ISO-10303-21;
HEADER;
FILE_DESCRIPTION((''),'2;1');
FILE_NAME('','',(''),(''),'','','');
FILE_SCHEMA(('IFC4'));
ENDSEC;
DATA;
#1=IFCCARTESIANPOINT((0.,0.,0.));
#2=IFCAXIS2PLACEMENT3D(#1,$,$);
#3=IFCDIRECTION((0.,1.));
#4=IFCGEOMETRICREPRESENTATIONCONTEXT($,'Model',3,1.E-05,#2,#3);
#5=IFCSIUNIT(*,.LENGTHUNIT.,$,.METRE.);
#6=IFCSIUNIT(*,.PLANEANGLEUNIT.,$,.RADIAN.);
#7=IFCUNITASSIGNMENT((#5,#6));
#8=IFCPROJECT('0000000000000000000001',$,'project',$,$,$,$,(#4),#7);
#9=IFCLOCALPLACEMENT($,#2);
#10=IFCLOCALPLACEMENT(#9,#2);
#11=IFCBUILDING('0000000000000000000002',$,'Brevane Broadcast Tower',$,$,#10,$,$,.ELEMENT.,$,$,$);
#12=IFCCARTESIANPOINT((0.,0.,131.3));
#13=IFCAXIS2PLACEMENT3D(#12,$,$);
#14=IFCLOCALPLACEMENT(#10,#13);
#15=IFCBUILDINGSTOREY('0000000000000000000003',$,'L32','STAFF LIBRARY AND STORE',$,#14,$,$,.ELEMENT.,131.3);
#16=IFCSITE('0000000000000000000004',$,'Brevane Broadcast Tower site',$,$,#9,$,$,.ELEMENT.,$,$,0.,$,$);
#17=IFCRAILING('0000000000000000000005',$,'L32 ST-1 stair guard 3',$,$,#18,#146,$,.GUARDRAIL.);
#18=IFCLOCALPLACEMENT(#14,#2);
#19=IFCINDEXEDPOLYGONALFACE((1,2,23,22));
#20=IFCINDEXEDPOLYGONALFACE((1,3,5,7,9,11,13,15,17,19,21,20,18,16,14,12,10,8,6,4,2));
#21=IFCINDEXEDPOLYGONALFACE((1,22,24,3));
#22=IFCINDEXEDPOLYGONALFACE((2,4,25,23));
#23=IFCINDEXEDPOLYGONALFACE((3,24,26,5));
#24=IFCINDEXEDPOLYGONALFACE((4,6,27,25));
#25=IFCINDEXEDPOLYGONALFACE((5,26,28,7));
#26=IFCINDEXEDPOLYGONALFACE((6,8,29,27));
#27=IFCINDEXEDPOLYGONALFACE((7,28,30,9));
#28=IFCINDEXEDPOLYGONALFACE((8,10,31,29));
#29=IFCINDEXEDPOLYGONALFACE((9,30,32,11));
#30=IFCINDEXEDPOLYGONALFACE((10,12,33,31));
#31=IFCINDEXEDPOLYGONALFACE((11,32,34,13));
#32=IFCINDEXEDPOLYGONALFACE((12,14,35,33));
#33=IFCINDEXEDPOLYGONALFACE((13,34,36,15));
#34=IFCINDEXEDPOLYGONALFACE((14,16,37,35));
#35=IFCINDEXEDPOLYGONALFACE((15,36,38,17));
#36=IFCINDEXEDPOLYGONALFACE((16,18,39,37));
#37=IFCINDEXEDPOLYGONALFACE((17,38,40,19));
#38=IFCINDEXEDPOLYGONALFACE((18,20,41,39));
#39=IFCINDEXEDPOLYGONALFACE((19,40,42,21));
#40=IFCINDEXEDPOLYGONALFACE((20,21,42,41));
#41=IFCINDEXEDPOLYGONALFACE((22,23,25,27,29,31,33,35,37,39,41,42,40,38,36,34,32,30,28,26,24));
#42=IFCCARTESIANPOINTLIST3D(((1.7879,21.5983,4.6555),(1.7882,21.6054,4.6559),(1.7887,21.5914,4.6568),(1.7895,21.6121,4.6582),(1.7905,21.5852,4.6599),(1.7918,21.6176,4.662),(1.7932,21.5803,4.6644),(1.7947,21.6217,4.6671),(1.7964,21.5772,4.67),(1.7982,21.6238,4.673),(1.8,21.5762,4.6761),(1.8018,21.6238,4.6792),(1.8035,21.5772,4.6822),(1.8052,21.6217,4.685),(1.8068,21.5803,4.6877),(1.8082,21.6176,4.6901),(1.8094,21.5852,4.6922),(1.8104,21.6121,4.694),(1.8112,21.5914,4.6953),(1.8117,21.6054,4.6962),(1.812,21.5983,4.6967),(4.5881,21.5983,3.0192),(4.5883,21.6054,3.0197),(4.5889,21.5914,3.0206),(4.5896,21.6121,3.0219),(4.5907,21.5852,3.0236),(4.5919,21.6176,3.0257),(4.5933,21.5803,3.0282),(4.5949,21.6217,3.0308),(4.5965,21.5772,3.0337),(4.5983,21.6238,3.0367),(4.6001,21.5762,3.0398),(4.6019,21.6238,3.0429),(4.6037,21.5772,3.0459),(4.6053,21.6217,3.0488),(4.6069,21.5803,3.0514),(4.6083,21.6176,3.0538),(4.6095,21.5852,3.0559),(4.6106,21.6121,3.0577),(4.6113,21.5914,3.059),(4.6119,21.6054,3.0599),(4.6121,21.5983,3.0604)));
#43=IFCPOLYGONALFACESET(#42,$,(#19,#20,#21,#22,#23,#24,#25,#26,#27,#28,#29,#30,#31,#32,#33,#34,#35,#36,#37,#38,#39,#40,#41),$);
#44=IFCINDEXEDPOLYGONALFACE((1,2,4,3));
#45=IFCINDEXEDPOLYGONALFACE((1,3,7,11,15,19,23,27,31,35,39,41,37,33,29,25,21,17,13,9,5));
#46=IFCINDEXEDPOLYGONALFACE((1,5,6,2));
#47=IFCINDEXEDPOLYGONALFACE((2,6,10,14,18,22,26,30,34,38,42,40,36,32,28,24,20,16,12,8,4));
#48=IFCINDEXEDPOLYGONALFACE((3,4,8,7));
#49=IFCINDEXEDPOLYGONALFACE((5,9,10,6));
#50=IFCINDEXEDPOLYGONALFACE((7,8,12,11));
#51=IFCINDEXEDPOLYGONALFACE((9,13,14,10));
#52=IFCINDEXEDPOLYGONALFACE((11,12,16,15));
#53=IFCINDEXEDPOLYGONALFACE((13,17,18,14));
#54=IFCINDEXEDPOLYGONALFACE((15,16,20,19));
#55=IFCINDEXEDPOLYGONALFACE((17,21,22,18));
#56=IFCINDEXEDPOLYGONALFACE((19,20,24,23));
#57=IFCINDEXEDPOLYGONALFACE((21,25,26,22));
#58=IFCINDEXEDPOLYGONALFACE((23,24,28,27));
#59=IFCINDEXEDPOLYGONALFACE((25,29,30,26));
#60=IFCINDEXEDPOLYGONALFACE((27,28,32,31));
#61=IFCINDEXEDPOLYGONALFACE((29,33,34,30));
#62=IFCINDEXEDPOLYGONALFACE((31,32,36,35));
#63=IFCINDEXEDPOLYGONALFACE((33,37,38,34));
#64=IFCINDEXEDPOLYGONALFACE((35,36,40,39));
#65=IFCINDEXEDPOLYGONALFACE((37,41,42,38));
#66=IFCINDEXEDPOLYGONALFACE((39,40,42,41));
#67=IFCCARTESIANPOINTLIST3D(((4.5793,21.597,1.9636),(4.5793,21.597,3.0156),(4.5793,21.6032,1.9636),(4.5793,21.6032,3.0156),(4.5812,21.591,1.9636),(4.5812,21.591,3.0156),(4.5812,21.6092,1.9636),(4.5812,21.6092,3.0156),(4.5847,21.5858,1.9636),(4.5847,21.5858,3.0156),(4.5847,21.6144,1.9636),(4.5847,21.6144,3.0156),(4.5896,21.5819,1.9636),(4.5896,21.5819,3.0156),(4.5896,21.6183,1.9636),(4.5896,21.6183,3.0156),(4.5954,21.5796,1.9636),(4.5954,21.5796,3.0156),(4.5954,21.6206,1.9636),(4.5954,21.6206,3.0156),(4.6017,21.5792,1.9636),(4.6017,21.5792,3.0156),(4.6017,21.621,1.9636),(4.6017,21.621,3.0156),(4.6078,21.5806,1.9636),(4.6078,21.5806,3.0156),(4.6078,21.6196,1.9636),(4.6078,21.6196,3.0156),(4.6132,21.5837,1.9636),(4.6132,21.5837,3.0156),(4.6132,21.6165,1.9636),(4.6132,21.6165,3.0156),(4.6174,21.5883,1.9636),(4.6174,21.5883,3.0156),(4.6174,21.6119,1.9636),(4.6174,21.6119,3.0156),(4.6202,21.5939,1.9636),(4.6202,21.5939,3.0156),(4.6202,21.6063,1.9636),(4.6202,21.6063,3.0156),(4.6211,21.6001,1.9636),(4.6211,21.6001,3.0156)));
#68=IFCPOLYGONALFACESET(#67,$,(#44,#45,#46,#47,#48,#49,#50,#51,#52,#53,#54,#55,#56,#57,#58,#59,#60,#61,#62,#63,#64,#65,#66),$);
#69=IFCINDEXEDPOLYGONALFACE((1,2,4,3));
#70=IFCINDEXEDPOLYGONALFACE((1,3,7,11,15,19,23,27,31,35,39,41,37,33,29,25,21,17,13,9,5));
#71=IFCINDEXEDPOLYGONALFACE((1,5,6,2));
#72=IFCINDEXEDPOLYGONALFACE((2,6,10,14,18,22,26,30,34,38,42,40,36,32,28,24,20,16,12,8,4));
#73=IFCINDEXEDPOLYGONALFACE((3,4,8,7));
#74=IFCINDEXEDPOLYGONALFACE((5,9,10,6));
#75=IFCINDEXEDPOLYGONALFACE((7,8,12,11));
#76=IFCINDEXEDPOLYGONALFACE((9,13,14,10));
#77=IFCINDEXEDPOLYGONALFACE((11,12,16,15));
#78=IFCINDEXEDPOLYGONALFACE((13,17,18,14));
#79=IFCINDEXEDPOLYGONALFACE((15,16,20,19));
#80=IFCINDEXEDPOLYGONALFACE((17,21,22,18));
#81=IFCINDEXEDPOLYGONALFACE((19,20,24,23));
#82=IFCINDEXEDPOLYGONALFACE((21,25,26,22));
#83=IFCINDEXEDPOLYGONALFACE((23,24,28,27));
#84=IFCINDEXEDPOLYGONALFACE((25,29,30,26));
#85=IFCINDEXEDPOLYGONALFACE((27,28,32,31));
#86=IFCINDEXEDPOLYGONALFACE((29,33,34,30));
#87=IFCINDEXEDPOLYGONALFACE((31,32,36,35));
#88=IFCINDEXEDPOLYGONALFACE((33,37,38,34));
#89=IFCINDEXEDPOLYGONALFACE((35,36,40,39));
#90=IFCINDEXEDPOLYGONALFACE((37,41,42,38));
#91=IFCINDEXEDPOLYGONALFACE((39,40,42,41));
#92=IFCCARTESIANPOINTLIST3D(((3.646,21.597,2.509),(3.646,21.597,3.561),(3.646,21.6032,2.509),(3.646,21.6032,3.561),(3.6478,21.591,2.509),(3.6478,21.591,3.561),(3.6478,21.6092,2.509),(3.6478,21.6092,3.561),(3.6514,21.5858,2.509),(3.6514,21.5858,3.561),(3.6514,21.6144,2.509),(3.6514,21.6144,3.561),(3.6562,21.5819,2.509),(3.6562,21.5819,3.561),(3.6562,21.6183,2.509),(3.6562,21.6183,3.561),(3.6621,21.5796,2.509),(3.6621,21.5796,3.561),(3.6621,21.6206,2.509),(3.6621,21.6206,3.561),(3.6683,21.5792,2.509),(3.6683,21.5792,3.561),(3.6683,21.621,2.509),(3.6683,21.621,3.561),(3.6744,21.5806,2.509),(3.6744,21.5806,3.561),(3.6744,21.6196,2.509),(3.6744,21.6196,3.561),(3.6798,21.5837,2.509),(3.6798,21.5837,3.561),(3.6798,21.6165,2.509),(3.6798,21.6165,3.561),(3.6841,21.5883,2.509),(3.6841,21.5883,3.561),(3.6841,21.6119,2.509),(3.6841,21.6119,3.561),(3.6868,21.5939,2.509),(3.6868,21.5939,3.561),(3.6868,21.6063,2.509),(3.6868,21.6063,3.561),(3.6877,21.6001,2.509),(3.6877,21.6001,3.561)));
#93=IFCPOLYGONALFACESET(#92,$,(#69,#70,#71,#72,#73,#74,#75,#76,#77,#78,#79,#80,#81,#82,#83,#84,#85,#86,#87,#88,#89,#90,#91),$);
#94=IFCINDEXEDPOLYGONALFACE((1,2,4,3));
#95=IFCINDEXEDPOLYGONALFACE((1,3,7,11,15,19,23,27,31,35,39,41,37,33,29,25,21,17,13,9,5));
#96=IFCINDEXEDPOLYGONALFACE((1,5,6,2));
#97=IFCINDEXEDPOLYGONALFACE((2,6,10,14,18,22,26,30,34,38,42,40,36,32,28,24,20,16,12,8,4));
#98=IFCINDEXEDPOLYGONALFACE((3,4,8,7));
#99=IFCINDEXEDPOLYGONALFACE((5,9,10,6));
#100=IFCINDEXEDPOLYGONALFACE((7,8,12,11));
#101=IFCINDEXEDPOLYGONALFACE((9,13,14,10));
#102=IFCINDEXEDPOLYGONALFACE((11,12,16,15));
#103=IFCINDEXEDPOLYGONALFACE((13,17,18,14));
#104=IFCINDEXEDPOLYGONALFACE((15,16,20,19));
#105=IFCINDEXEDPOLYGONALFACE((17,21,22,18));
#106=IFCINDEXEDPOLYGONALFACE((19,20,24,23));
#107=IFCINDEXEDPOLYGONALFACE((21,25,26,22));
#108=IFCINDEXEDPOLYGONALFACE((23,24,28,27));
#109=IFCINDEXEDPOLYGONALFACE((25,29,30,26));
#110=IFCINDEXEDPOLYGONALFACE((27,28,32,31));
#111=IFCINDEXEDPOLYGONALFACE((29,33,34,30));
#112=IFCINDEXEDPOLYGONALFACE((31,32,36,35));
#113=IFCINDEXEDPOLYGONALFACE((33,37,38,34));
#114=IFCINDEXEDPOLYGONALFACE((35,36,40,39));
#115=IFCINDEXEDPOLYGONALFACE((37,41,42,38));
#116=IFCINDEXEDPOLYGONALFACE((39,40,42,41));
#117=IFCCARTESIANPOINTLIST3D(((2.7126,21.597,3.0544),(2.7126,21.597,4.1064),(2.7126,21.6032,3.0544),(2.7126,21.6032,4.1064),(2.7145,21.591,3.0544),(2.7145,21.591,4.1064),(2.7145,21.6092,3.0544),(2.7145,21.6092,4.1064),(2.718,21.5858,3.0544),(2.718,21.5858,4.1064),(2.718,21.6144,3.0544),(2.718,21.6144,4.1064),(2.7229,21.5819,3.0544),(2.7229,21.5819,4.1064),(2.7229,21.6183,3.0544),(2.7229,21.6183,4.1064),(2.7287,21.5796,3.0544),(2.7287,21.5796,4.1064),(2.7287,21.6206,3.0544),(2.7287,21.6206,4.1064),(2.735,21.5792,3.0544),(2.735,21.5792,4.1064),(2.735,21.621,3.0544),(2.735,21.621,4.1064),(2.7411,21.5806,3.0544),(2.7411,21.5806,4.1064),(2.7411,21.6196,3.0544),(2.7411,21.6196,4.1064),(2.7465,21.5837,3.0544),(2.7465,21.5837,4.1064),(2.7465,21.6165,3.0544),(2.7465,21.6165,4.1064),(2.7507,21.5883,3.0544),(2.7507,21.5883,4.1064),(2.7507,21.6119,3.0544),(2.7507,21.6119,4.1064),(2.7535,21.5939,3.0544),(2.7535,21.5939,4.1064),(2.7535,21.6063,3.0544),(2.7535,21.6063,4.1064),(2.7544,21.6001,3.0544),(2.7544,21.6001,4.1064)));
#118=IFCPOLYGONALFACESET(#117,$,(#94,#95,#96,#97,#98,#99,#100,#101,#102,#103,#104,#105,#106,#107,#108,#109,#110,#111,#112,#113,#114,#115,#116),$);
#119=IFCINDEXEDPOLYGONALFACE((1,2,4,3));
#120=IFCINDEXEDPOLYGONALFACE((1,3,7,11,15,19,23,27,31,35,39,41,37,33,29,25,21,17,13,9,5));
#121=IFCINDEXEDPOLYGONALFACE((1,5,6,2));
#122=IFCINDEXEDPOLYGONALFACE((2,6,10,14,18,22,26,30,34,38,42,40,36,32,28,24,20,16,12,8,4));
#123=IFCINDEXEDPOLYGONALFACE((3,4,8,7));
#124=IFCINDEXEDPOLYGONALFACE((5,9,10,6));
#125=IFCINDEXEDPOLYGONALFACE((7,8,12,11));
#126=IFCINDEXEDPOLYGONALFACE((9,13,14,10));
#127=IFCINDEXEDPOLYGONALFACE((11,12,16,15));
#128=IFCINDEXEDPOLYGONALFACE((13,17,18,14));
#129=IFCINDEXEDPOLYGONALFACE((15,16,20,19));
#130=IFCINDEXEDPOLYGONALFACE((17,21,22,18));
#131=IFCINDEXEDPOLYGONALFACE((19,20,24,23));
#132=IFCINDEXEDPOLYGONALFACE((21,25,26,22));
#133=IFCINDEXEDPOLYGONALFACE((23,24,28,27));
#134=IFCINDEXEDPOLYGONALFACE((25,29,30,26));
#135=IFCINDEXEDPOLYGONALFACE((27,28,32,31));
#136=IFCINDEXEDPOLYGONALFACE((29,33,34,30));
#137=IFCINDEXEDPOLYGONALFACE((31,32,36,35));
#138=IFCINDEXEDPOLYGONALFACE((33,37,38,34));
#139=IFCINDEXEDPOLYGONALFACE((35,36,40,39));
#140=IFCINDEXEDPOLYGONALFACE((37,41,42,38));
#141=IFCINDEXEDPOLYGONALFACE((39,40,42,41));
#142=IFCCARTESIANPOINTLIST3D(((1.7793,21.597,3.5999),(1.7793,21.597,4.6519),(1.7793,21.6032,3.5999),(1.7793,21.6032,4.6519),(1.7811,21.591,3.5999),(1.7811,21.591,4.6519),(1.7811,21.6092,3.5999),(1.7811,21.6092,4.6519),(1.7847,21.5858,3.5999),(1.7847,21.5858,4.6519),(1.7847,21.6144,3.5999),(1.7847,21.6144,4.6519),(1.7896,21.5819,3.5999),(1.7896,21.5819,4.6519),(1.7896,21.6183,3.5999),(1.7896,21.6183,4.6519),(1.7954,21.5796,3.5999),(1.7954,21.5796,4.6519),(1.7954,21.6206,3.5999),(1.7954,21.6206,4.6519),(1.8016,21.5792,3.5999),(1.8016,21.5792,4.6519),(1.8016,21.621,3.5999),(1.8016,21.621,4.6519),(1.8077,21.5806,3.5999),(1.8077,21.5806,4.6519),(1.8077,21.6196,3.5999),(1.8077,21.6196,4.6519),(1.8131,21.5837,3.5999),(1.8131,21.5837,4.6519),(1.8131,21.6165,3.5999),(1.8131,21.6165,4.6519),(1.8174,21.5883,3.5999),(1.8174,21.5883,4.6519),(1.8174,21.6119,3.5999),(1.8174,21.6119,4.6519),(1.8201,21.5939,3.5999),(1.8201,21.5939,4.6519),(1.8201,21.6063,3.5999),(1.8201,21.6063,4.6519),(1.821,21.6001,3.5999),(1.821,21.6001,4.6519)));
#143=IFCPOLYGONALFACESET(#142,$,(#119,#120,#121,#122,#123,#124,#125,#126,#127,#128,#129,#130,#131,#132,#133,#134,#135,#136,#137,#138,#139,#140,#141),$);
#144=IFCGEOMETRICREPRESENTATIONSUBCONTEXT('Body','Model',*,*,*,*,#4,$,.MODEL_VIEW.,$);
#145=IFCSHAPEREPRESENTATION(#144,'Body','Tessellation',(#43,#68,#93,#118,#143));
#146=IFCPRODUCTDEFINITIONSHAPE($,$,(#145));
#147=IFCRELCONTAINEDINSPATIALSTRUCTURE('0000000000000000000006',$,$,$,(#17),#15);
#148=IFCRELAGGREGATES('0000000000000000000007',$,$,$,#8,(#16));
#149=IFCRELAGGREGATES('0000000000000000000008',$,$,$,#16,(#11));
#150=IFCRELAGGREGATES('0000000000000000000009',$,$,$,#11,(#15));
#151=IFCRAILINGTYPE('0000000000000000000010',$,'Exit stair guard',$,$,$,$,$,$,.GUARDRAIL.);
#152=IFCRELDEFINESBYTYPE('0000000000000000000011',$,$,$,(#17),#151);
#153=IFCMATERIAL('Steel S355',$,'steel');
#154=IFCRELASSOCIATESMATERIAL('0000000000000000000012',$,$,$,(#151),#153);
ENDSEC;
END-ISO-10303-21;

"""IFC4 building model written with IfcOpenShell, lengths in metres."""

from ifc_helpers import new_model, si_unit, direction, frame, origin, origin_2d, place, context, subcontext, project, spatial, circle, extrude, material, type_object, element, save


model = new_model("IFC4")

# Units and contexts
model_context = context("Model", 3, precision=1e-05, world=origin(), true_north=direction((0.0, 1.0)))
body_context = subcontext(model_context, "Body", "Model", "MODEL_VIEW")
ifc_project = project(units=[si_unit("LENGTHUNIT", "METRE"), si_unit("PLANEANGLEUNIT", "RADIAN")], contexts=[model_context])

# Site, building, storey
site_placement = place(None, origin())
site = spatial("IfcSite", under=ifc_project, at=site_placement, Name="Brevane Broadcast Tower site", CompositionType="ELEMENT", RefElevation=0.0)
building_placement = place(site_placement, origin())
building = spatial("IfcBuilding", under=site, at=building_placement, Name="Brevane Broadcast Tower", CompositionType="ELEMENT")
storey_placement = place(building_placement, frame((0.0, 0.0, 131.3)))
storey = spatial("IfcBuildingStorey", under=building, at=storey_placement, Name="L32", Description="STAFF LIBRARY AND STORE", CompositionType="ELEMENT", Elevation=131.3)

# Railing
ifc_material_1 = material(Name="Steel S355", Category="steel")
railing_type_1 = type_object("IfcRailingType", Name="Exit stair guard", PredefinedType="GUARDRAIL", material=ifc_material_1)
railing_1_placement = place(storey_placement, frame((4.6001, 21.6001, 1.9636)))
element("IfcRailing", 1, at=railing_1_placement, inside=storey, type_object=railing_type_1, Name="L32 ST-1 stair guard 3", PredefinedType="GUARDRAIL", context=body_context, shape_type="SweptSolid", body=[
    extrude(circle(Radius=0.0239, at=origin_2d()), frame((0.0, 0.0, 1.0762), z_axis=(-0.863394, 0.0, 0.504531), x_axis=(0.0, -1.0, 0.0)), (0.0, 0.0, 1.0), 3.2432),
    extrude(circle(Radius=0.021, at=origin_2d()), origin(), (0.0, 0.0, 1.0), 1.052),
    extrude(circle(Radius=0.021, at=origin_2d()), frame((-0.9333, 0.0, 0.5454)), (0.0, 0.0, 1.0), 1.052),
    extrude(circle(Radius=0.021, at=origin_2d()), frame((-1.8667, 0.0, 1.0908)), (0.0, 0.0, 1.0), 1.052),
    extrude(circle(Radius=0.021, at=origin_2d()), frame((-2.8, 0.0, 1.6362)), (0.0, 0.0, 1.0), 1.052),
])

save(model, "model.ifc")
